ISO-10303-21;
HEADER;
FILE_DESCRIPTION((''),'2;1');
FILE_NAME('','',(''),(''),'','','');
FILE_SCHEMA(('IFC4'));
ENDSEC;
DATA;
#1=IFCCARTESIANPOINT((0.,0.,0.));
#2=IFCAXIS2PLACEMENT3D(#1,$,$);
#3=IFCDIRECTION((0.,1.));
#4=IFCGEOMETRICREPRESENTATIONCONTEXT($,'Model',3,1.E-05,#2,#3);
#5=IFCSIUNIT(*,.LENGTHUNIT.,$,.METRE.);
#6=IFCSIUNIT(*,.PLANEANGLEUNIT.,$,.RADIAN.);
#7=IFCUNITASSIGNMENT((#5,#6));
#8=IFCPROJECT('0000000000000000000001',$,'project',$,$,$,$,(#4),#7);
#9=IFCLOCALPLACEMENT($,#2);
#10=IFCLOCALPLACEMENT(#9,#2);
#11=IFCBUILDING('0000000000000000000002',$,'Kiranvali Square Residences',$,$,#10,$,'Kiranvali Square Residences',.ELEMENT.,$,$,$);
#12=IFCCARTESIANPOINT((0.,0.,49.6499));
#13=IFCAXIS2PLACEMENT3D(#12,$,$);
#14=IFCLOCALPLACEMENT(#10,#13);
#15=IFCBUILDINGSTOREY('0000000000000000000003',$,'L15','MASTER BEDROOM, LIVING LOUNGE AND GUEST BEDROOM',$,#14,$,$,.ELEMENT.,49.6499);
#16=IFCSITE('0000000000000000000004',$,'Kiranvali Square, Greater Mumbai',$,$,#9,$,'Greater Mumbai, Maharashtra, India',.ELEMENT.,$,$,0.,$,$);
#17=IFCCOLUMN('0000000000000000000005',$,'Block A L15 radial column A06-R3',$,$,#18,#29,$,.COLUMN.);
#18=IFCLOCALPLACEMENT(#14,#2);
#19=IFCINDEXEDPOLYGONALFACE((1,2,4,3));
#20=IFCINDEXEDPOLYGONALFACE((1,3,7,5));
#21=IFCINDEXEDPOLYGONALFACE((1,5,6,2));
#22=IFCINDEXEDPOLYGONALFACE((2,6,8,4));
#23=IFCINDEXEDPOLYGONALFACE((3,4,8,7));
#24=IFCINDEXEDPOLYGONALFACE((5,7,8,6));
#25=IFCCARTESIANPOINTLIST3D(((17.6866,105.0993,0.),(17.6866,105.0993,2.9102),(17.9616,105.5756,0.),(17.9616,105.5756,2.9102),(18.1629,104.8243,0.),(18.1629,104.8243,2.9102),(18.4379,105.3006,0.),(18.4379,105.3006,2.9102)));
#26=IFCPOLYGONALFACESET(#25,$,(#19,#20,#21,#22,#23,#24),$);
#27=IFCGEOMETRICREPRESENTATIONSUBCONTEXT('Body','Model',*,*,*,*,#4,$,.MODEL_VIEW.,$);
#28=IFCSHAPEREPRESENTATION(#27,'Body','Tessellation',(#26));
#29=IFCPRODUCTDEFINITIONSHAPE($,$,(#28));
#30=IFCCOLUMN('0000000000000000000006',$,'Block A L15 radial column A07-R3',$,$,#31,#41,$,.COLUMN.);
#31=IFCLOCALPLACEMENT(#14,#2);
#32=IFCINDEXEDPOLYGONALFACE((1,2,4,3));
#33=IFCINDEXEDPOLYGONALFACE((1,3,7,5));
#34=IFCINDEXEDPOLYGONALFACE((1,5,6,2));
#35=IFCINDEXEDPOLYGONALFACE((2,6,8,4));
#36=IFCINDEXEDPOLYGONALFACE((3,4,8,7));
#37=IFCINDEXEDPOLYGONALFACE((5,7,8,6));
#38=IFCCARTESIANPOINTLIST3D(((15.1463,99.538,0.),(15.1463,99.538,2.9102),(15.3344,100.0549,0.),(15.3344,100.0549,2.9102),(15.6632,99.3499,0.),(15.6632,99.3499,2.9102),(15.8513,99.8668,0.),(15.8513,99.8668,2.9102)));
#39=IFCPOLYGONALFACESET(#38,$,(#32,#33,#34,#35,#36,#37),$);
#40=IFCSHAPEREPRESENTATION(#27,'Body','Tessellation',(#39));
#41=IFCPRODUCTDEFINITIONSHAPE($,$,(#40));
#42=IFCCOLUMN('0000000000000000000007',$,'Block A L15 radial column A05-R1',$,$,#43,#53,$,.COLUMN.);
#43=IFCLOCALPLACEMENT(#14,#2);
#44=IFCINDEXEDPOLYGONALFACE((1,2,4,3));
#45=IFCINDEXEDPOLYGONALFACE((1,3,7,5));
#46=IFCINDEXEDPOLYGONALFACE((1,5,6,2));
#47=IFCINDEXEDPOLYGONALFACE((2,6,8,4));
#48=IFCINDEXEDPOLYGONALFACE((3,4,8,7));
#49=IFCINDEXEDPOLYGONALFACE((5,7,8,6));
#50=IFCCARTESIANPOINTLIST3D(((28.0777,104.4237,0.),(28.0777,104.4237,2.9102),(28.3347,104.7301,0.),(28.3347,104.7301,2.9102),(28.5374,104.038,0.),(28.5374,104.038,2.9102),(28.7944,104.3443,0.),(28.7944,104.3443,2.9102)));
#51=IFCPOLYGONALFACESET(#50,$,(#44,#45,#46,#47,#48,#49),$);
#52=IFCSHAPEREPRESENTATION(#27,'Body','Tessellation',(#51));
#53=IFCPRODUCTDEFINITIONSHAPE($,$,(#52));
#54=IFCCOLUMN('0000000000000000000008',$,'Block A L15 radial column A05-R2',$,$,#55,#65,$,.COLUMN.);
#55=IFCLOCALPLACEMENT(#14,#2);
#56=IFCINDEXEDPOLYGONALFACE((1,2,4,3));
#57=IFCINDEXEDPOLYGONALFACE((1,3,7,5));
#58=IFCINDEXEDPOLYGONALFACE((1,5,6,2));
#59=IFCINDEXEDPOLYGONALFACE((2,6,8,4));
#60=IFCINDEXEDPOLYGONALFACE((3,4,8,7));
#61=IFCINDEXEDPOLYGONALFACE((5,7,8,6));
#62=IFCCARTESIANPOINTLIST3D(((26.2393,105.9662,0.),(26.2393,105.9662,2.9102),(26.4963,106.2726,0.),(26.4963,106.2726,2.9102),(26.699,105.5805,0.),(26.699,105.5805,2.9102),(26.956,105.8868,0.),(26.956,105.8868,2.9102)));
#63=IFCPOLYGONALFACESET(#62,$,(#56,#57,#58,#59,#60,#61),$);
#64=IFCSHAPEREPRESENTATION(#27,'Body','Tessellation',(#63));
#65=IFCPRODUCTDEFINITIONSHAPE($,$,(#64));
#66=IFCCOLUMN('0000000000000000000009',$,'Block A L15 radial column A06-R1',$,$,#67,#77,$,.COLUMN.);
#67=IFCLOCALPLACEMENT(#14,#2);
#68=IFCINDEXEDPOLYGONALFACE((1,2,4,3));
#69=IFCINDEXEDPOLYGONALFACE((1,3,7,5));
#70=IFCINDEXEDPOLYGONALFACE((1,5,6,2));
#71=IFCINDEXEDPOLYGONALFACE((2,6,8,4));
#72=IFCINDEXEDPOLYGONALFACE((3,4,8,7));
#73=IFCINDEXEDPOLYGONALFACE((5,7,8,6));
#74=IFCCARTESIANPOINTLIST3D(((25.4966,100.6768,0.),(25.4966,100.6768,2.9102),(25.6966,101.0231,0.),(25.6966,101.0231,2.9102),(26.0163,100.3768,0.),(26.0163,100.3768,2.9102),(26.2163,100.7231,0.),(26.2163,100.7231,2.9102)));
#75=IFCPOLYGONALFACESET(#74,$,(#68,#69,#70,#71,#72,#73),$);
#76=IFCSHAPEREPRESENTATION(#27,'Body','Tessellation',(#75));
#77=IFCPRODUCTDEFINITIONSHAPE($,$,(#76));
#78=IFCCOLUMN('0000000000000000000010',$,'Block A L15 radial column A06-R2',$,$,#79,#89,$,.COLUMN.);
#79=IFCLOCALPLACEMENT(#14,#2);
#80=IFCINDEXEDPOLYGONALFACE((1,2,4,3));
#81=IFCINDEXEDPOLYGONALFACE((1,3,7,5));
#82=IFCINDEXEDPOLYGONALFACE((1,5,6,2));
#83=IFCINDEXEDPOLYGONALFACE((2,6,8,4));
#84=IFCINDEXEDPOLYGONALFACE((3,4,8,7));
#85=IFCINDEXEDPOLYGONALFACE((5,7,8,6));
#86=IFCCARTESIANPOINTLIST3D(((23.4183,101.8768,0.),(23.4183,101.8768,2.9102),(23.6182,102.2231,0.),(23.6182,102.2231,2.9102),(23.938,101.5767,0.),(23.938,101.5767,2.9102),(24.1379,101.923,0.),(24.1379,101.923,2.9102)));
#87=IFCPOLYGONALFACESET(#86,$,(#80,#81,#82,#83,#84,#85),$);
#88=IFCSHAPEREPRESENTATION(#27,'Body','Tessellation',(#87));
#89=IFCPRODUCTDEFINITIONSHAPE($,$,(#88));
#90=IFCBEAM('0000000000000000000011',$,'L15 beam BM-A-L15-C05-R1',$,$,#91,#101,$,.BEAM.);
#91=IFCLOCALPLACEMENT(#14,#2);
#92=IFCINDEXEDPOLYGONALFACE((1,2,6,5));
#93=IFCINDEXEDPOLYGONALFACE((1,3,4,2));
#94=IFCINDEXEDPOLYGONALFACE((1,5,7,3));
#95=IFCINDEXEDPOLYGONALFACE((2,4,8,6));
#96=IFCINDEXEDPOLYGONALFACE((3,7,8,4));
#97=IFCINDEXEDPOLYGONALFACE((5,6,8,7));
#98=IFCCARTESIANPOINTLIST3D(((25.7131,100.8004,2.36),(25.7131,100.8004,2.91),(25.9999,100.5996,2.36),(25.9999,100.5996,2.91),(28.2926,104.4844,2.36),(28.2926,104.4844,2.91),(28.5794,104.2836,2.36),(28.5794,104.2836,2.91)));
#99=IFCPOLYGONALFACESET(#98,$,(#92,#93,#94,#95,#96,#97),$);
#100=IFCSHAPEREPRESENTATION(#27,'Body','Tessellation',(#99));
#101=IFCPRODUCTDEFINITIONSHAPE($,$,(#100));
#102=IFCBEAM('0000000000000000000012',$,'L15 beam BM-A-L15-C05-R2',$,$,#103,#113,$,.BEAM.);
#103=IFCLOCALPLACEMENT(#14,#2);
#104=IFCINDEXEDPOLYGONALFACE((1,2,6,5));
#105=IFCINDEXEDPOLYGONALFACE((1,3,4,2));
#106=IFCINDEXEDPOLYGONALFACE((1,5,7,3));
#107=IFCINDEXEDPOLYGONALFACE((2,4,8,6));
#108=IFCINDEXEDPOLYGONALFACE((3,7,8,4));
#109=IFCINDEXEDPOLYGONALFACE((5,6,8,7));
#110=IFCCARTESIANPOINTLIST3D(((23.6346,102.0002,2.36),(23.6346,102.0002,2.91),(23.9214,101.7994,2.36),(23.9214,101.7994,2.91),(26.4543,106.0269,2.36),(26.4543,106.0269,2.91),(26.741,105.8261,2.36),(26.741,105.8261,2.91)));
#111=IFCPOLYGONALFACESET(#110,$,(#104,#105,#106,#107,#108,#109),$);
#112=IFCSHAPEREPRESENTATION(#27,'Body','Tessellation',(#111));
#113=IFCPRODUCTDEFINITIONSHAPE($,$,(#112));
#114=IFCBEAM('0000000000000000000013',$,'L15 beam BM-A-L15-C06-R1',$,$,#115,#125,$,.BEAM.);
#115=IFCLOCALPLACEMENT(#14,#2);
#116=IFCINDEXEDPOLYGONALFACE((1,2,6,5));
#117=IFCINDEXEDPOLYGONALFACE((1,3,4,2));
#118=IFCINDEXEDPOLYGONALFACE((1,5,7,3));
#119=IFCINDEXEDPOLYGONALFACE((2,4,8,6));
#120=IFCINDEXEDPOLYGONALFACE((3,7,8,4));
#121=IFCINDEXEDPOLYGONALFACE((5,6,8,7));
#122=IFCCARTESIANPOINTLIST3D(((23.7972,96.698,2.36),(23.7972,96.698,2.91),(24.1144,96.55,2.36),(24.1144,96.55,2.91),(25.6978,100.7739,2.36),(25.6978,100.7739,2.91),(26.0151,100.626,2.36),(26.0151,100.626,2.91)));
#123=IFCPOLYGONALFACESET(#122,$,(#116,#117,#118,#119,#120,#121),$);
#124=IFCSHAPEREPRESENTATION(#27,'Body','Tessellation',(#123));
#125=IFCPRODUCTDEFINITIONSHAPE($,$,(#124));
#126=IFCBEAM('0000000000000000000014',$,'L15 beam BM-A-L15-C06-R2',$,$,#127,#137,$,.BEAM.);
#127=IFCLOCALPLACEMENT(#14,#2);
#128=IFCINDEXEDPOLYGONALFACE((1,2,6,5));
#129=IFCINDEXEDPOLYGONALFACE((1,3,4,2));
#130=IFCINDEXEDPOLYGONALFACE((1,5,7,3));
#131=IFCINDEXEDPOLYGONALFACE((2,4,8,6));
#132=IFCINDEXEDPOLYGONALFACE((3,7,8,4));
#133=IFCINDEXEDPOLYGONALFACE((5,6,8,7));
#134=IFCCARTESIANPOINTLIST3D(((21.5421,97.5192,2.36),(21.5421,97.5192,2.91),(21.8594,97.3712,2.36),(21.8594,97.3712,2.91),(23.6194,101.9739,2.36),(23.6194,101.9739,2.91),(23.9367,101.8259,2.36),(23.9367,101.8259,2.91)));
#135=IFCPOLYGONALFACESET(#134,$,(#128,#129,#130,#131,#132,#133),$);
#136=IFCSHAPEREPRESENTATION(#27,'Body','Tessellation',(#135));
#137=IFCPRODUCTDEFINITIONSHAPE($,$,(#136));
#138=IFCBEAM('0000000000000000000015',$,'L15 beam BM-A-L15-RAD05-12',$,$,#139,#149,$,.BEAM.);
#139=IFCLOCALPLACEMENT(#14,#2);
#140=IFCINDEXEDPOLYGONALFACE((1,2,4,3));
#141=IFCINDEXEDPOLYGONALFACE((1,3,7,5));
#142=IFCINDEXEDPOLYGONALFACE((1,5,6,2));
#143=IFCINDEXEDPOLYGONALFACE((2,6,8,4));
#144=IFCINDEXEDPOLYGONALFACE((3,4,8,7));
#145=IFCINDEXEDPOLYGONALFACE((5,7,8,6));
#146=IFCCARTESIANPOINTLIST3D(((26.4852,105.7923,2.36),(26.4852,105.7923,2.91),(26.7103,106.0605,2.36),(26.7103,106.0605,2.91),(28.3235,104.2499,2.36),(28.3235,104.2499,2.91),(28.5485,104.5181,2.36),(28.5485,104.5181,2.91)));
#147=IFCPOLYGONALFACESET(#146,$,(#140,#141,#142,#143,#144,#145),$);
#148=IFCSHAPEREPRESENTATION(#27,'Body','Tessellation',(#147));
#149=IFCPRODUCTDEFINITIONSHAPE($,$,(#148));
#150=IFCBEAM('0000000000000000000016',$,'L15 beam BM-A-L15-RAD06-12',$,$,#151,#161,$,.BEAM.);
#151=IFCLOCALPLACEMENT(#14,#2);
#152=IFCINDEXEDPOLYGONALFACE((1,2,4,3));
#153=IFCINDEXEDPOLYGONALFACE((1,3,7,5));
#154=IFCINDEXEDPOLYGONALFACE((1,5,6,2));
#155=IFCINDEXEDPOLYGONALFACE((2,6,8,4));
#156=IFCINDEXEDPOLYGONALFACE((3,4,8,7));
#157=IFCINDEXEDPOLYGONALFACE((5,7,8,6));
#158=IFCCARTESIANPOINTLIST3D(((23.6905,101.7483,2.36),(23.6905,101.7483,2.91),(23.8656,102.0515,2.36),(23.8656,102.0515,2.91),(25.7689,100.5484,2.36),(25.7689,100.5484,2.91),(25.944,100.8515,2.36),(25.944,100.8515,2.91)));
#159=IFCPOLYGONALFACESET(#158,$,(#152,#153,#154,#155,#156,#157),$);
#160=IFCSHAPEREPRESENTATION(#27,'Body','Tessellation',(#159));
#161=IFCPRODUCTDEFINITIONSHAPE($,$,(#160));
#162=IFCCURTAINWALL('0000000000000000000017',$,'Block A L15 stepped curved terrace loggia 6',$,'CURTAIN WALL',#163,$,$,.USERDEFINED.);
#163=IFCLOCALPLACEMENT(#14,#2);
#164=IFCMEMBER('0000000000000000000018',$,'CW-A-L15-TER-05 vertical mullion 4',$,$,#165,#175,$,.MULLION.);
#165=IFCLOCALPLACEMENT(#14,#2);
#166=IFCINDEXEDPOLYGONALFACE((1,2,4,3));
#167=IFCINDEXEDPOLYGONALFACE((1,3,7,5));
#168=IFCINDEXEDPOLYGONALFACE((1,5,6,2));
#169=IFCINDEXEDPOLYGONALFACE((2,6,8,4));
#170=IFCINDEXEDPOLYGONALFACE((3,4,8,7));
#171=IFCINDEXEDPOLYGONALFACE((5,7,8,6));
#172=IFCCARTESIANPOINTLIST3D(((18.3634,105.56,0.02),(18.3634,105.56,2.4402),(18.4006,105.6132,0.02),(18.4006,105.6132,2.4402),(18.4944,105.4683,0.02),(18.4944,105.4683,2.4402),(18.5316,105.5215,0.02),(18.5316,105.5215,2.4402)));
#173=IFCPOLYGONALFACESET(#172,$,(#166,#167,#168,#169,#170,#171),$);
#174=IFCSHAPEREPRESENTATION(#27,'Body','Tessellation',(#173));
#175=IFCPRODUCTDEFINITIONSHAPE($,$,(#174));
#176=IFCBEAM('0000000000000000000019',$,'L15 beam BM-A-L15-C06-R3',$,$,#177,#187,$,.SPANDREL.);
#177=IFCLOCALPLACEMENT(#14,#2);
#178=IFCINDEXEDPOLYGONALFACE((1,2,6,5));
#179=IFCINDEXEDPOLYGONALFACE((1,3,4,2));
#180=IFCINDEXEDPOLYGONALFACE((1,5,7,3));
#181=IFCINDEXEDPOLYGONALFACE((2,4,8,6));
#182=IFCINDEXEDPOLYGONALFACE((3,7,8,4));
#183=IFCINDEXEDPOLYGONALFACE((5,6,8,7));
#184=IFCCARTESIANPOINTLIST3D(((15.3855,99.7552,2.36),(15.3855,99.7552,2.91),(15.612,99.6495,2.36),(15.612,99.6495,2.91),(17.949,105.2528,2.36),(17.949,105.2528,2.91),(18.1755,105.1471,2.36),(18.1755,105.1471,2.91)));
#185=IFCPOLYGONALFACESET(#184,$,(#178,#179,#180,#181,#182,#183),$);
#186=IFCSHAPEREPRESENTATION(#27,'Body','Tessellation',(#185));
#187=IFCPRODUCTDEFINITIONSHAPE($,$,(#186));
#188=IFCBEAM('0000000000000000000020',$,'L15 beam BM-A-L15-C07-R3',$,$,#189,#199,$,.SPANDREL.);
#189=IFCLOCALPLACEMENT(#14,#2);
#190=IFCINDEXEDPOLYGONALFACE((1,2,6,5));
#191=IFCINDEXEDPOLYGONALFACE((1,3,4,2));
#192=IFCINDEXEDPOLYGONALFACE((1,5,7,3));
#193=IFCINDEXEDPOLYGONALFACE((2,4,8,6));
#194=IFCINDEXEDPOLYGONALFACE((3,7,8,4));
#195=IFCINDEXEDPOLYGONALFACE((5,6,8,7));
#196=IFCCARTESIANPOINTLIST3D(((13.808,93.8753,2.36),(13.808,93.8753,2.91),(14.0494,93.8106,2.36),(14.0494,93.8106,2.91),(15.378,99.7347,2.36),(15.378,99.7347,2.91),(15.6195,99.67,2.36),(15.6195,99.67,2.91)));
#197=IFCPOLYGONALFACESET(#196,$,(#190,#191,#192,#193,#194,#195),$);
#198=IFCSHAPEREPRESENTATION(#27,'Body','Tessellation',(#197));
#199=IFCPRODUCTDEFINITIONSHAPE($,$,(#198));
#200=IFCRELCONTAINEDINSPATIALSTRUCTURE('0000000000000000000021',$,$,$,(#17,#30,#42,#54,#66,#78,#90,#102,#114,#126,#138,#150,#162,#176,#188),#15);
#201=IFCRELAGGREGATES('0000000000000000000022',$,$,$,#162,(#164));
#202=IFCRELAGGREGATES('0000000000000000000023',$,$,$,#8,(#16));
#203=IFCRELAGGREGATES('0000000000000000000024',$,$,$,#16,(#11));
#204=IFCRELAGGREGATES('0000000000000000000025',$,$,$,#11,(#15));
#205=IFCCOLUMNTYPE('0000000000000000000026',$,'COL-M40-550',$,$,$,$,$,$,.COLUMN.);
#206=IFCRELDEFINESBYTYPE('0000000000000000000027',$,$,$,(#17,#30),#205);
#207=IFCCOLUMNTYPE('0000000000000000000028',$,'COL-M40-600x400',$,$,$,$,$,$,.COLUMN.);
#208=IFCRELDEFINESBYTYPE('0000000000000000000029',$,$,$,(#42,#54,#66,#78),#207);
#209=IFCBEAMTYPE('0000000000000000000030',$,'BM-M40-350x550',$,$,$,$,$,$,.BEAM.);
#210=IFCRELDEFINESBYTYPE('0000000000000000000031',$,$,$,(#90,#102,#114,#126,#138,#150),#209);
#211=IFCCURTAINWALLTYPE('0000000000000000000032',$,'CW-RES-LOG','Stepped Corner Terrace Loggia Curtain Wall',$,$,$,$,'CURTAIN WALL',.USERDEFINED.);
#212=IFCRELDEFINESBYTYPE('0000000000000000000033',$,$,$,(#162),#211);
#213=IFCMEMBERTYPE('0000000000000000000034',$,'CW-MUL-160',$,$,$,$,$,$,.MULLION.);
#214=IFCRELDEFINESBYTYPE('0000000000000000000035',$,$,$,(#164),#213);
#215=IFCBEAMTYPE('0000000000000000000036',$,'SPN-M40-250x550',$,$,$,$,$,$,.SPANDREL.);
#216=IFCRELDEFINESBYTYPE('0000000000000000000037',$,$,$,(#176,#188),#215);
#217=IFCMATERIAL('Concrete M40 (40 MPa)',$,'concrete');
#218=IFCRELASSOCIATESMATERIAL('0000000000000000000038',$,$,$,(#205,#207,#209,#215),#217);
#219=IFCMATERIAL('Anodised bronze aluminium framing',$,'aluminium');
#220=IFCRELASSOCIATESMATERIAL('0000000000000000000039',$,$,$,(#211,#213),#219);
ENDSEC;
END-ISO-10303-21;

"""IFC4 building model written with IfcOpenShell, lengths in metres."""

from ifc_helpers import new_model, si_unit, direction, frame, origin, origin_2d, place, context, subcontext, project, spatial, rectangle, extrude, material, material_profile, profile_set, type_object, element, aggregate, save


model = new_model("IFC4")

# Units and contexts
model_context = context("Model", 3, precision=1e-05, world=origin(), true_north=direction((0.0, 1.0)))
body_context = subcontext(model_context, "Body", "Model", "MODEL_VIEW")
ifc_project = project(units=[si_unit("LENGTHUNIT", "METRE"), si_unit("PLANEANGLEUNIT", "RADIAN")], contexts=[model_context])

# Site, building, storey
site_placement = place(None, origin())
site = spatial("IfcSite", under=ifc_project, at=site_placement, Name="Kiranvali Square, Greater Mumbai", LongName="Greater Mumbai, Maharashtra, India", CompositionType="ELEMENT", RefElevation=0.0)
building_placement = place(site_placement, origin())
building = spatial("IfcBuilding", under=site, at=building_placement, Name="Kiranvali Square Residences", LongName="Kiranvali Square Residences", CompositionType="ELEMENT")
storey_placement = place(building_placement, frame((0.0, 0.0, 49.6499)))
storey = spatial("IfcBuildingStorey", under=building, at=storey_placement, Name="L15", Description="MASTER BEDROOM, LIVING LOUNGE AND GUEST BEDROOM", CompositionType="ELEMENT", Elevation=49.6499)

# Columns
ifc_material_1 = material(Name="Concrete M40 (40 MPa)", Category="concrete")
ifc_material_profile_1 = material_profile(ifc_material_1, rectangle(XDim=0.55, YDim=0.55, at=origin_2d()), Name="RC 550x550")
ifc_profile_set_1 = profile_set([ifc_material_profile_1], Name="Concrete M40 (40 MPa)")
column_type_1 = type_object("IfcColumnType", Name="COL-M40-550", PredefinedType="COLUMN", material=ifc_profile_set_1)
for number, where, z_axis, x_axis, name in (
    (1, (18.0623, 105.2, 0.0), (0.0, 0.0, 1.0), (0.5, 0.866025, 0.0), "Block A L15 radial column A06-R3"),
    (2, (15.4988, 99.7024, 0.0), (0.0, 0.0, 1.0), (0.34202, 0.939693, 0.0), "Block A L15 radial column A07-R3"),
):
    element("IfcColumn", number, at=place(storey_placement, frame(where, z_axis=z_axis, x_axis=x_axis)), inside=storey, type_object=column_type_1, Name=name, PredefinedType="COLUMN", context=body_context, shape_type="SweptSolid", body=[
        extrude(rectangle(XDim=0.55, YDim=0.55, at=origin_2d()), origin(), (0.0, 0.0, 1.0), 2.9102),
    ])
ifc_material_profile_2 = material_profile(ifc_material_1, rectangle(XDim=0.3999, YDim=0.6001, at=origin_2d()), Name="RC 600x400")
ifc_profile_set_2 = profile_set([ifc_material_profile_2], Name="Concrete M40 (40 MPa)")
column_type_2 = type_object("IfcColumnType", Name="COL-M40-600x400", PredefinedType="COLUMN", material=ifc_profile_set_2)
for number, where, z_axis, x_axis, name in (
    (3, (28.436, 104.384, 0.0), (0.0, 0.0, 1.0), (0.642788, 0.766044, 0.0), "Block A L15 radial column A05-R1"),
    (4, (26.5977, 105.9265, 0.0), (0.0, 0.0, 1.0), (0.642788, 0.766044, 0.0), "Block A L15 radial column A05-R2"),
    (5, (25.8564, 100.7, 0.0), (0.0, 0.0, 1.0), (0.5, 0.866025, 0.0), "Block A L15 radial column A06-R1"),
    (6, (23.7781, 101.8999, 0.0), (0.0, 0.0, 1.0), (0.5, 0.866025, 0.0), "Block A L15 radial column A06-R2"),
):
    element("IfcColumn", number, at=place(storey_placement, frame(where, z_axis=z_axis, x_axis=x_axis)), inside=storey, type_object=column_type_2, Name=name, PredefinedType="COLUMN", context=body_context, shape_type="SweptSolid", body=[
        extrude(rectangle(XDim=0.3999, YDim=0.6001, at=origin_2d()), origin(), (0.0, 0.0, 1.0), 2.9102),
    ])

# Beams
ifc_material_profile_3 = material_profile(ifc_material_1, rectangle(XDim=0.3501, YDim=0.55, at=origin_2d()), Name="RC 350x550")
ifc_profile_set_3 = profile_set([ifc_material_profile_3], Name="Concrete M40 (40 MPa)")
beam_type_1 = type_object("IfcBeamType", Name="BM-M40-350x550", PredefinedType="BEAM", material=ifc_profile_set_3)
beam_1_placement = place(storey_placement, frame((28.436, 104.384, 2.635), z_axis=(-0.573572, -0.819155, 0.0), x_axis=(0.819155, -0.573572, 0.0)))
element("IfcBeam", 7, at=beam_1_placement, inside=storey, type_object=beam_type_1, Name="L15 beam BM-A-L15-C05-R1", PredefinedType="BEAM", context=body_context, shape_type="SweptSolid", body=[
    extrude(rectangle(XDim=0.3501, YDim=0.55, at=origin_2d()), origin(), (0.0, 0.0, 1.0), 4.4973),
])
beam_2_placement = place(storey_placement, frame((26.5977, 105.9265, 2.635), z_axis=(-0.573592, -0.819141, 0.0), x_axis=(0.819141, -0.573592, 0.0)))
element("IfcBeam", 8, at=beam_2_placement, inside=storey, type_object=beam_type_1, Name="L15 beam BM-A-L15-C05-R2", PredefinedType="BEAM", context=body_context, shape_type="SweptSolid", body=[
    extrude(rectangle(XDim=0.3501, YDim=0.55, at=origin_2d()), origin(), (0.0, 0.0, 1.0), 4.9158),
])
beam_3_placement = place(storey_placement, frame((25.8564, 100.7, 2.635), z_axis=(-0.422618, -0.906308, 0.0), x_axis=(0.906308, -0.422618, 0.0)))
element("IfcBeam", 9, at=beam_3_placement, inside=storey, type_object=beam_type_1, Name="L15 beam BM-A-L15-C06-R1", PredefinedType="BEAM", context=body_context, shape_type="SweptSolid", body=[
    extrude(rectangle(XDim=0.3501, YDim=0.55, at=origin_2d()), origin(), (0.0, 0.0, 1.0), 4.4973),
])
beam_4_placement = place(storey_placement, frame((23.7781, 101.8999, 2.635), z_axis=(-0.42263, -0.906302, 0.0), x_axis=(0.906302, -0.42263, 0.0)))
element("IfcBeam", 10, at=beam_4_placement, inside=storey, type_object=beam_type_1, Name="L15 beam BM-A-L15-C06-R2", PredefinedType="BEAM", context=body_context, shape_type="SweptSolid", body=[
    extrude(rectangle(XDim=0.3501, YDim=0.55, at=origin_2d()), origin(), (0.0, 0.0, 1.0), 4.9153),
])
beam_5_placement = place(storey_placement, frame((28.436, 104.384, 2.635), z_axis=(-0.766065, 0.642763, 0.0), x_axis=(-0.642763, -0.766065, 0.0)))
element("IfcBeam", 11, at=beam_5_placement, inside=storey, type_object=beam_type_1, Name="L15 beam BM-A-L15-RAD05-12", PredefinedType="BEAM", context=body_context, shape_type="SweptSolid", body=[
    extrude(rectangle(XDim=0.3501, YDim=0.55, at=origin_2d()), origin(), (0.0, 0.0, 1.0), 2.3997),
])
beam_6_placement = place(storey_placement, frame((25.8564, 100.7, 2.635), z_axis=(-0.866025, 0.500001, 0.0), x_axis=(-0.500001, -0.866025, 0.0)))
element("IfcBeam", 12, at=beam_6_placement, inside=storey, type_object=beam_type_1, Name="L15 beam BM-A-L15-RAD06-12", PredefinedType="BEAM", context=body_context, shape_type="SweptSolid", body=[
    extrude(rectangle(XDim=0.3501, YDim=0.55, at=origin_2d()), origin(), (0.0, 0.0, 1.0), 2.3999),
])

# Curtain wall, member
ifc_material_2 = material(Name="Anodised bronze aluminium framing", Category="aluminium")
curtain_wall_type = type_object("IfcCurtainWallType", Name="CW-RES-LOG", Description="Stepped Corner Terrace Loggia Curtain Wall", ElementType="CURTAIN WALL", PredefinedType="USERDEFINED", material=ifc_material_2)
curtain_wall_placement = place(storey_placement, origin())
curtain_wall = element("IfcCurtainWall", 13, at=curtain_wall_placement, inside=storey, type_object=curtain_wall_type, Name="Block A L15 stepped curved terrace loggia 6", ObjectType="CURTAIN WALL", PredefinedType="USERDEFINED")
ifc_material_profile_4 = material_profile(ifc_material_2, rectangle(XDim=0.0649, YDim=0.1599, at=origin_2d()), Name="ALU 65x160")
ifc_profile_set_4 = profile_set([ifc_material_profile_4], Name="Anodised bronze aluminium framing")
member_type = type_object("IfcMemberType", Name="CW-MUL-160", PredefinedType="MULLION", material=ifc_profile_set_4)
member_placement = place(storey_placement, frame((18.4475, 105.5408, 0.02), z_axis=(0.0, 0.0, 1.0), x_axis=(-0.573576, -0.819152, 0.0)))
member = element("IfcMember", 14, at=member_placement, type_object=member_type, Name="CW-A-L15-TER-05 vertical mullion 4", PredefinedType="MULLION", context=body_context, shape_type="SweptSolid", body=[
    extrude(rectangle(XDim=0.0649, YDim=0.1599, at=origin_2d()), origin(), (0.0, 0.0, 1.0), 2.4202),
])

# Beams
ifc_material_profile_5 = material_profile(ifc_material_1, rectangle(XDim=0.25, YDim=0.55, at=origin_2d()), Name="RC 250x550")
ifc_profile_set_5 = profile_set([ifc_material_profile_5], Name="Concrete M40 (40 MPa)")
beam_type_2 = type_object("IfcBeamType", Name="SPN-M40-250x550", PredefinedType="SPANDREL", material=ifc_profile_set_5)
beam_7_placement = place(storey_placement, frame((18.0623, 105.2, 2.635), z_axis=(-0.422608, -0.906313, 0.0), x_axis=(0.906313, -0.422608, 0.0)))
element("IfcBeam", 15, at=beam_7_placement, inside=storey, type_object=beam_type_2, Name="L15 beam BM-A-L15-C06-R3", PredefinedType="SPANDREL", context=body_context, shape_type="SweptSolid", body=[
    extrude(rectangle(XDim=0.25, YDim=0.55, at=origin_2d()), origin(), (0.0, 0.0, 1.0), 6.0659),
])
beam_8_placement = place(storey_placement, frame((15.4988, 99.7024, 2.635), z_axis=(-0.258827, -0.965924, 0.0), x_axis=(0.965924, -0.258827, 0.0)))
element("IfcBeam", 16, at=beam_8_placement, inside=storey, type_object=beam_type_2, Name="L15 beam BM-A-L15-C07-R3", PredefinedType="SPANDREL", context=body_context, shape_type="SweptSolid", body=[
    extrude(rectangle(XDim=0.25, YDim=0.55, at=origin_2d()), origin(), (0.0, 0.0, 1.0), 6.0662),
])

aggregate(curtain_wall, [member])

save(model, "model.ifc")
